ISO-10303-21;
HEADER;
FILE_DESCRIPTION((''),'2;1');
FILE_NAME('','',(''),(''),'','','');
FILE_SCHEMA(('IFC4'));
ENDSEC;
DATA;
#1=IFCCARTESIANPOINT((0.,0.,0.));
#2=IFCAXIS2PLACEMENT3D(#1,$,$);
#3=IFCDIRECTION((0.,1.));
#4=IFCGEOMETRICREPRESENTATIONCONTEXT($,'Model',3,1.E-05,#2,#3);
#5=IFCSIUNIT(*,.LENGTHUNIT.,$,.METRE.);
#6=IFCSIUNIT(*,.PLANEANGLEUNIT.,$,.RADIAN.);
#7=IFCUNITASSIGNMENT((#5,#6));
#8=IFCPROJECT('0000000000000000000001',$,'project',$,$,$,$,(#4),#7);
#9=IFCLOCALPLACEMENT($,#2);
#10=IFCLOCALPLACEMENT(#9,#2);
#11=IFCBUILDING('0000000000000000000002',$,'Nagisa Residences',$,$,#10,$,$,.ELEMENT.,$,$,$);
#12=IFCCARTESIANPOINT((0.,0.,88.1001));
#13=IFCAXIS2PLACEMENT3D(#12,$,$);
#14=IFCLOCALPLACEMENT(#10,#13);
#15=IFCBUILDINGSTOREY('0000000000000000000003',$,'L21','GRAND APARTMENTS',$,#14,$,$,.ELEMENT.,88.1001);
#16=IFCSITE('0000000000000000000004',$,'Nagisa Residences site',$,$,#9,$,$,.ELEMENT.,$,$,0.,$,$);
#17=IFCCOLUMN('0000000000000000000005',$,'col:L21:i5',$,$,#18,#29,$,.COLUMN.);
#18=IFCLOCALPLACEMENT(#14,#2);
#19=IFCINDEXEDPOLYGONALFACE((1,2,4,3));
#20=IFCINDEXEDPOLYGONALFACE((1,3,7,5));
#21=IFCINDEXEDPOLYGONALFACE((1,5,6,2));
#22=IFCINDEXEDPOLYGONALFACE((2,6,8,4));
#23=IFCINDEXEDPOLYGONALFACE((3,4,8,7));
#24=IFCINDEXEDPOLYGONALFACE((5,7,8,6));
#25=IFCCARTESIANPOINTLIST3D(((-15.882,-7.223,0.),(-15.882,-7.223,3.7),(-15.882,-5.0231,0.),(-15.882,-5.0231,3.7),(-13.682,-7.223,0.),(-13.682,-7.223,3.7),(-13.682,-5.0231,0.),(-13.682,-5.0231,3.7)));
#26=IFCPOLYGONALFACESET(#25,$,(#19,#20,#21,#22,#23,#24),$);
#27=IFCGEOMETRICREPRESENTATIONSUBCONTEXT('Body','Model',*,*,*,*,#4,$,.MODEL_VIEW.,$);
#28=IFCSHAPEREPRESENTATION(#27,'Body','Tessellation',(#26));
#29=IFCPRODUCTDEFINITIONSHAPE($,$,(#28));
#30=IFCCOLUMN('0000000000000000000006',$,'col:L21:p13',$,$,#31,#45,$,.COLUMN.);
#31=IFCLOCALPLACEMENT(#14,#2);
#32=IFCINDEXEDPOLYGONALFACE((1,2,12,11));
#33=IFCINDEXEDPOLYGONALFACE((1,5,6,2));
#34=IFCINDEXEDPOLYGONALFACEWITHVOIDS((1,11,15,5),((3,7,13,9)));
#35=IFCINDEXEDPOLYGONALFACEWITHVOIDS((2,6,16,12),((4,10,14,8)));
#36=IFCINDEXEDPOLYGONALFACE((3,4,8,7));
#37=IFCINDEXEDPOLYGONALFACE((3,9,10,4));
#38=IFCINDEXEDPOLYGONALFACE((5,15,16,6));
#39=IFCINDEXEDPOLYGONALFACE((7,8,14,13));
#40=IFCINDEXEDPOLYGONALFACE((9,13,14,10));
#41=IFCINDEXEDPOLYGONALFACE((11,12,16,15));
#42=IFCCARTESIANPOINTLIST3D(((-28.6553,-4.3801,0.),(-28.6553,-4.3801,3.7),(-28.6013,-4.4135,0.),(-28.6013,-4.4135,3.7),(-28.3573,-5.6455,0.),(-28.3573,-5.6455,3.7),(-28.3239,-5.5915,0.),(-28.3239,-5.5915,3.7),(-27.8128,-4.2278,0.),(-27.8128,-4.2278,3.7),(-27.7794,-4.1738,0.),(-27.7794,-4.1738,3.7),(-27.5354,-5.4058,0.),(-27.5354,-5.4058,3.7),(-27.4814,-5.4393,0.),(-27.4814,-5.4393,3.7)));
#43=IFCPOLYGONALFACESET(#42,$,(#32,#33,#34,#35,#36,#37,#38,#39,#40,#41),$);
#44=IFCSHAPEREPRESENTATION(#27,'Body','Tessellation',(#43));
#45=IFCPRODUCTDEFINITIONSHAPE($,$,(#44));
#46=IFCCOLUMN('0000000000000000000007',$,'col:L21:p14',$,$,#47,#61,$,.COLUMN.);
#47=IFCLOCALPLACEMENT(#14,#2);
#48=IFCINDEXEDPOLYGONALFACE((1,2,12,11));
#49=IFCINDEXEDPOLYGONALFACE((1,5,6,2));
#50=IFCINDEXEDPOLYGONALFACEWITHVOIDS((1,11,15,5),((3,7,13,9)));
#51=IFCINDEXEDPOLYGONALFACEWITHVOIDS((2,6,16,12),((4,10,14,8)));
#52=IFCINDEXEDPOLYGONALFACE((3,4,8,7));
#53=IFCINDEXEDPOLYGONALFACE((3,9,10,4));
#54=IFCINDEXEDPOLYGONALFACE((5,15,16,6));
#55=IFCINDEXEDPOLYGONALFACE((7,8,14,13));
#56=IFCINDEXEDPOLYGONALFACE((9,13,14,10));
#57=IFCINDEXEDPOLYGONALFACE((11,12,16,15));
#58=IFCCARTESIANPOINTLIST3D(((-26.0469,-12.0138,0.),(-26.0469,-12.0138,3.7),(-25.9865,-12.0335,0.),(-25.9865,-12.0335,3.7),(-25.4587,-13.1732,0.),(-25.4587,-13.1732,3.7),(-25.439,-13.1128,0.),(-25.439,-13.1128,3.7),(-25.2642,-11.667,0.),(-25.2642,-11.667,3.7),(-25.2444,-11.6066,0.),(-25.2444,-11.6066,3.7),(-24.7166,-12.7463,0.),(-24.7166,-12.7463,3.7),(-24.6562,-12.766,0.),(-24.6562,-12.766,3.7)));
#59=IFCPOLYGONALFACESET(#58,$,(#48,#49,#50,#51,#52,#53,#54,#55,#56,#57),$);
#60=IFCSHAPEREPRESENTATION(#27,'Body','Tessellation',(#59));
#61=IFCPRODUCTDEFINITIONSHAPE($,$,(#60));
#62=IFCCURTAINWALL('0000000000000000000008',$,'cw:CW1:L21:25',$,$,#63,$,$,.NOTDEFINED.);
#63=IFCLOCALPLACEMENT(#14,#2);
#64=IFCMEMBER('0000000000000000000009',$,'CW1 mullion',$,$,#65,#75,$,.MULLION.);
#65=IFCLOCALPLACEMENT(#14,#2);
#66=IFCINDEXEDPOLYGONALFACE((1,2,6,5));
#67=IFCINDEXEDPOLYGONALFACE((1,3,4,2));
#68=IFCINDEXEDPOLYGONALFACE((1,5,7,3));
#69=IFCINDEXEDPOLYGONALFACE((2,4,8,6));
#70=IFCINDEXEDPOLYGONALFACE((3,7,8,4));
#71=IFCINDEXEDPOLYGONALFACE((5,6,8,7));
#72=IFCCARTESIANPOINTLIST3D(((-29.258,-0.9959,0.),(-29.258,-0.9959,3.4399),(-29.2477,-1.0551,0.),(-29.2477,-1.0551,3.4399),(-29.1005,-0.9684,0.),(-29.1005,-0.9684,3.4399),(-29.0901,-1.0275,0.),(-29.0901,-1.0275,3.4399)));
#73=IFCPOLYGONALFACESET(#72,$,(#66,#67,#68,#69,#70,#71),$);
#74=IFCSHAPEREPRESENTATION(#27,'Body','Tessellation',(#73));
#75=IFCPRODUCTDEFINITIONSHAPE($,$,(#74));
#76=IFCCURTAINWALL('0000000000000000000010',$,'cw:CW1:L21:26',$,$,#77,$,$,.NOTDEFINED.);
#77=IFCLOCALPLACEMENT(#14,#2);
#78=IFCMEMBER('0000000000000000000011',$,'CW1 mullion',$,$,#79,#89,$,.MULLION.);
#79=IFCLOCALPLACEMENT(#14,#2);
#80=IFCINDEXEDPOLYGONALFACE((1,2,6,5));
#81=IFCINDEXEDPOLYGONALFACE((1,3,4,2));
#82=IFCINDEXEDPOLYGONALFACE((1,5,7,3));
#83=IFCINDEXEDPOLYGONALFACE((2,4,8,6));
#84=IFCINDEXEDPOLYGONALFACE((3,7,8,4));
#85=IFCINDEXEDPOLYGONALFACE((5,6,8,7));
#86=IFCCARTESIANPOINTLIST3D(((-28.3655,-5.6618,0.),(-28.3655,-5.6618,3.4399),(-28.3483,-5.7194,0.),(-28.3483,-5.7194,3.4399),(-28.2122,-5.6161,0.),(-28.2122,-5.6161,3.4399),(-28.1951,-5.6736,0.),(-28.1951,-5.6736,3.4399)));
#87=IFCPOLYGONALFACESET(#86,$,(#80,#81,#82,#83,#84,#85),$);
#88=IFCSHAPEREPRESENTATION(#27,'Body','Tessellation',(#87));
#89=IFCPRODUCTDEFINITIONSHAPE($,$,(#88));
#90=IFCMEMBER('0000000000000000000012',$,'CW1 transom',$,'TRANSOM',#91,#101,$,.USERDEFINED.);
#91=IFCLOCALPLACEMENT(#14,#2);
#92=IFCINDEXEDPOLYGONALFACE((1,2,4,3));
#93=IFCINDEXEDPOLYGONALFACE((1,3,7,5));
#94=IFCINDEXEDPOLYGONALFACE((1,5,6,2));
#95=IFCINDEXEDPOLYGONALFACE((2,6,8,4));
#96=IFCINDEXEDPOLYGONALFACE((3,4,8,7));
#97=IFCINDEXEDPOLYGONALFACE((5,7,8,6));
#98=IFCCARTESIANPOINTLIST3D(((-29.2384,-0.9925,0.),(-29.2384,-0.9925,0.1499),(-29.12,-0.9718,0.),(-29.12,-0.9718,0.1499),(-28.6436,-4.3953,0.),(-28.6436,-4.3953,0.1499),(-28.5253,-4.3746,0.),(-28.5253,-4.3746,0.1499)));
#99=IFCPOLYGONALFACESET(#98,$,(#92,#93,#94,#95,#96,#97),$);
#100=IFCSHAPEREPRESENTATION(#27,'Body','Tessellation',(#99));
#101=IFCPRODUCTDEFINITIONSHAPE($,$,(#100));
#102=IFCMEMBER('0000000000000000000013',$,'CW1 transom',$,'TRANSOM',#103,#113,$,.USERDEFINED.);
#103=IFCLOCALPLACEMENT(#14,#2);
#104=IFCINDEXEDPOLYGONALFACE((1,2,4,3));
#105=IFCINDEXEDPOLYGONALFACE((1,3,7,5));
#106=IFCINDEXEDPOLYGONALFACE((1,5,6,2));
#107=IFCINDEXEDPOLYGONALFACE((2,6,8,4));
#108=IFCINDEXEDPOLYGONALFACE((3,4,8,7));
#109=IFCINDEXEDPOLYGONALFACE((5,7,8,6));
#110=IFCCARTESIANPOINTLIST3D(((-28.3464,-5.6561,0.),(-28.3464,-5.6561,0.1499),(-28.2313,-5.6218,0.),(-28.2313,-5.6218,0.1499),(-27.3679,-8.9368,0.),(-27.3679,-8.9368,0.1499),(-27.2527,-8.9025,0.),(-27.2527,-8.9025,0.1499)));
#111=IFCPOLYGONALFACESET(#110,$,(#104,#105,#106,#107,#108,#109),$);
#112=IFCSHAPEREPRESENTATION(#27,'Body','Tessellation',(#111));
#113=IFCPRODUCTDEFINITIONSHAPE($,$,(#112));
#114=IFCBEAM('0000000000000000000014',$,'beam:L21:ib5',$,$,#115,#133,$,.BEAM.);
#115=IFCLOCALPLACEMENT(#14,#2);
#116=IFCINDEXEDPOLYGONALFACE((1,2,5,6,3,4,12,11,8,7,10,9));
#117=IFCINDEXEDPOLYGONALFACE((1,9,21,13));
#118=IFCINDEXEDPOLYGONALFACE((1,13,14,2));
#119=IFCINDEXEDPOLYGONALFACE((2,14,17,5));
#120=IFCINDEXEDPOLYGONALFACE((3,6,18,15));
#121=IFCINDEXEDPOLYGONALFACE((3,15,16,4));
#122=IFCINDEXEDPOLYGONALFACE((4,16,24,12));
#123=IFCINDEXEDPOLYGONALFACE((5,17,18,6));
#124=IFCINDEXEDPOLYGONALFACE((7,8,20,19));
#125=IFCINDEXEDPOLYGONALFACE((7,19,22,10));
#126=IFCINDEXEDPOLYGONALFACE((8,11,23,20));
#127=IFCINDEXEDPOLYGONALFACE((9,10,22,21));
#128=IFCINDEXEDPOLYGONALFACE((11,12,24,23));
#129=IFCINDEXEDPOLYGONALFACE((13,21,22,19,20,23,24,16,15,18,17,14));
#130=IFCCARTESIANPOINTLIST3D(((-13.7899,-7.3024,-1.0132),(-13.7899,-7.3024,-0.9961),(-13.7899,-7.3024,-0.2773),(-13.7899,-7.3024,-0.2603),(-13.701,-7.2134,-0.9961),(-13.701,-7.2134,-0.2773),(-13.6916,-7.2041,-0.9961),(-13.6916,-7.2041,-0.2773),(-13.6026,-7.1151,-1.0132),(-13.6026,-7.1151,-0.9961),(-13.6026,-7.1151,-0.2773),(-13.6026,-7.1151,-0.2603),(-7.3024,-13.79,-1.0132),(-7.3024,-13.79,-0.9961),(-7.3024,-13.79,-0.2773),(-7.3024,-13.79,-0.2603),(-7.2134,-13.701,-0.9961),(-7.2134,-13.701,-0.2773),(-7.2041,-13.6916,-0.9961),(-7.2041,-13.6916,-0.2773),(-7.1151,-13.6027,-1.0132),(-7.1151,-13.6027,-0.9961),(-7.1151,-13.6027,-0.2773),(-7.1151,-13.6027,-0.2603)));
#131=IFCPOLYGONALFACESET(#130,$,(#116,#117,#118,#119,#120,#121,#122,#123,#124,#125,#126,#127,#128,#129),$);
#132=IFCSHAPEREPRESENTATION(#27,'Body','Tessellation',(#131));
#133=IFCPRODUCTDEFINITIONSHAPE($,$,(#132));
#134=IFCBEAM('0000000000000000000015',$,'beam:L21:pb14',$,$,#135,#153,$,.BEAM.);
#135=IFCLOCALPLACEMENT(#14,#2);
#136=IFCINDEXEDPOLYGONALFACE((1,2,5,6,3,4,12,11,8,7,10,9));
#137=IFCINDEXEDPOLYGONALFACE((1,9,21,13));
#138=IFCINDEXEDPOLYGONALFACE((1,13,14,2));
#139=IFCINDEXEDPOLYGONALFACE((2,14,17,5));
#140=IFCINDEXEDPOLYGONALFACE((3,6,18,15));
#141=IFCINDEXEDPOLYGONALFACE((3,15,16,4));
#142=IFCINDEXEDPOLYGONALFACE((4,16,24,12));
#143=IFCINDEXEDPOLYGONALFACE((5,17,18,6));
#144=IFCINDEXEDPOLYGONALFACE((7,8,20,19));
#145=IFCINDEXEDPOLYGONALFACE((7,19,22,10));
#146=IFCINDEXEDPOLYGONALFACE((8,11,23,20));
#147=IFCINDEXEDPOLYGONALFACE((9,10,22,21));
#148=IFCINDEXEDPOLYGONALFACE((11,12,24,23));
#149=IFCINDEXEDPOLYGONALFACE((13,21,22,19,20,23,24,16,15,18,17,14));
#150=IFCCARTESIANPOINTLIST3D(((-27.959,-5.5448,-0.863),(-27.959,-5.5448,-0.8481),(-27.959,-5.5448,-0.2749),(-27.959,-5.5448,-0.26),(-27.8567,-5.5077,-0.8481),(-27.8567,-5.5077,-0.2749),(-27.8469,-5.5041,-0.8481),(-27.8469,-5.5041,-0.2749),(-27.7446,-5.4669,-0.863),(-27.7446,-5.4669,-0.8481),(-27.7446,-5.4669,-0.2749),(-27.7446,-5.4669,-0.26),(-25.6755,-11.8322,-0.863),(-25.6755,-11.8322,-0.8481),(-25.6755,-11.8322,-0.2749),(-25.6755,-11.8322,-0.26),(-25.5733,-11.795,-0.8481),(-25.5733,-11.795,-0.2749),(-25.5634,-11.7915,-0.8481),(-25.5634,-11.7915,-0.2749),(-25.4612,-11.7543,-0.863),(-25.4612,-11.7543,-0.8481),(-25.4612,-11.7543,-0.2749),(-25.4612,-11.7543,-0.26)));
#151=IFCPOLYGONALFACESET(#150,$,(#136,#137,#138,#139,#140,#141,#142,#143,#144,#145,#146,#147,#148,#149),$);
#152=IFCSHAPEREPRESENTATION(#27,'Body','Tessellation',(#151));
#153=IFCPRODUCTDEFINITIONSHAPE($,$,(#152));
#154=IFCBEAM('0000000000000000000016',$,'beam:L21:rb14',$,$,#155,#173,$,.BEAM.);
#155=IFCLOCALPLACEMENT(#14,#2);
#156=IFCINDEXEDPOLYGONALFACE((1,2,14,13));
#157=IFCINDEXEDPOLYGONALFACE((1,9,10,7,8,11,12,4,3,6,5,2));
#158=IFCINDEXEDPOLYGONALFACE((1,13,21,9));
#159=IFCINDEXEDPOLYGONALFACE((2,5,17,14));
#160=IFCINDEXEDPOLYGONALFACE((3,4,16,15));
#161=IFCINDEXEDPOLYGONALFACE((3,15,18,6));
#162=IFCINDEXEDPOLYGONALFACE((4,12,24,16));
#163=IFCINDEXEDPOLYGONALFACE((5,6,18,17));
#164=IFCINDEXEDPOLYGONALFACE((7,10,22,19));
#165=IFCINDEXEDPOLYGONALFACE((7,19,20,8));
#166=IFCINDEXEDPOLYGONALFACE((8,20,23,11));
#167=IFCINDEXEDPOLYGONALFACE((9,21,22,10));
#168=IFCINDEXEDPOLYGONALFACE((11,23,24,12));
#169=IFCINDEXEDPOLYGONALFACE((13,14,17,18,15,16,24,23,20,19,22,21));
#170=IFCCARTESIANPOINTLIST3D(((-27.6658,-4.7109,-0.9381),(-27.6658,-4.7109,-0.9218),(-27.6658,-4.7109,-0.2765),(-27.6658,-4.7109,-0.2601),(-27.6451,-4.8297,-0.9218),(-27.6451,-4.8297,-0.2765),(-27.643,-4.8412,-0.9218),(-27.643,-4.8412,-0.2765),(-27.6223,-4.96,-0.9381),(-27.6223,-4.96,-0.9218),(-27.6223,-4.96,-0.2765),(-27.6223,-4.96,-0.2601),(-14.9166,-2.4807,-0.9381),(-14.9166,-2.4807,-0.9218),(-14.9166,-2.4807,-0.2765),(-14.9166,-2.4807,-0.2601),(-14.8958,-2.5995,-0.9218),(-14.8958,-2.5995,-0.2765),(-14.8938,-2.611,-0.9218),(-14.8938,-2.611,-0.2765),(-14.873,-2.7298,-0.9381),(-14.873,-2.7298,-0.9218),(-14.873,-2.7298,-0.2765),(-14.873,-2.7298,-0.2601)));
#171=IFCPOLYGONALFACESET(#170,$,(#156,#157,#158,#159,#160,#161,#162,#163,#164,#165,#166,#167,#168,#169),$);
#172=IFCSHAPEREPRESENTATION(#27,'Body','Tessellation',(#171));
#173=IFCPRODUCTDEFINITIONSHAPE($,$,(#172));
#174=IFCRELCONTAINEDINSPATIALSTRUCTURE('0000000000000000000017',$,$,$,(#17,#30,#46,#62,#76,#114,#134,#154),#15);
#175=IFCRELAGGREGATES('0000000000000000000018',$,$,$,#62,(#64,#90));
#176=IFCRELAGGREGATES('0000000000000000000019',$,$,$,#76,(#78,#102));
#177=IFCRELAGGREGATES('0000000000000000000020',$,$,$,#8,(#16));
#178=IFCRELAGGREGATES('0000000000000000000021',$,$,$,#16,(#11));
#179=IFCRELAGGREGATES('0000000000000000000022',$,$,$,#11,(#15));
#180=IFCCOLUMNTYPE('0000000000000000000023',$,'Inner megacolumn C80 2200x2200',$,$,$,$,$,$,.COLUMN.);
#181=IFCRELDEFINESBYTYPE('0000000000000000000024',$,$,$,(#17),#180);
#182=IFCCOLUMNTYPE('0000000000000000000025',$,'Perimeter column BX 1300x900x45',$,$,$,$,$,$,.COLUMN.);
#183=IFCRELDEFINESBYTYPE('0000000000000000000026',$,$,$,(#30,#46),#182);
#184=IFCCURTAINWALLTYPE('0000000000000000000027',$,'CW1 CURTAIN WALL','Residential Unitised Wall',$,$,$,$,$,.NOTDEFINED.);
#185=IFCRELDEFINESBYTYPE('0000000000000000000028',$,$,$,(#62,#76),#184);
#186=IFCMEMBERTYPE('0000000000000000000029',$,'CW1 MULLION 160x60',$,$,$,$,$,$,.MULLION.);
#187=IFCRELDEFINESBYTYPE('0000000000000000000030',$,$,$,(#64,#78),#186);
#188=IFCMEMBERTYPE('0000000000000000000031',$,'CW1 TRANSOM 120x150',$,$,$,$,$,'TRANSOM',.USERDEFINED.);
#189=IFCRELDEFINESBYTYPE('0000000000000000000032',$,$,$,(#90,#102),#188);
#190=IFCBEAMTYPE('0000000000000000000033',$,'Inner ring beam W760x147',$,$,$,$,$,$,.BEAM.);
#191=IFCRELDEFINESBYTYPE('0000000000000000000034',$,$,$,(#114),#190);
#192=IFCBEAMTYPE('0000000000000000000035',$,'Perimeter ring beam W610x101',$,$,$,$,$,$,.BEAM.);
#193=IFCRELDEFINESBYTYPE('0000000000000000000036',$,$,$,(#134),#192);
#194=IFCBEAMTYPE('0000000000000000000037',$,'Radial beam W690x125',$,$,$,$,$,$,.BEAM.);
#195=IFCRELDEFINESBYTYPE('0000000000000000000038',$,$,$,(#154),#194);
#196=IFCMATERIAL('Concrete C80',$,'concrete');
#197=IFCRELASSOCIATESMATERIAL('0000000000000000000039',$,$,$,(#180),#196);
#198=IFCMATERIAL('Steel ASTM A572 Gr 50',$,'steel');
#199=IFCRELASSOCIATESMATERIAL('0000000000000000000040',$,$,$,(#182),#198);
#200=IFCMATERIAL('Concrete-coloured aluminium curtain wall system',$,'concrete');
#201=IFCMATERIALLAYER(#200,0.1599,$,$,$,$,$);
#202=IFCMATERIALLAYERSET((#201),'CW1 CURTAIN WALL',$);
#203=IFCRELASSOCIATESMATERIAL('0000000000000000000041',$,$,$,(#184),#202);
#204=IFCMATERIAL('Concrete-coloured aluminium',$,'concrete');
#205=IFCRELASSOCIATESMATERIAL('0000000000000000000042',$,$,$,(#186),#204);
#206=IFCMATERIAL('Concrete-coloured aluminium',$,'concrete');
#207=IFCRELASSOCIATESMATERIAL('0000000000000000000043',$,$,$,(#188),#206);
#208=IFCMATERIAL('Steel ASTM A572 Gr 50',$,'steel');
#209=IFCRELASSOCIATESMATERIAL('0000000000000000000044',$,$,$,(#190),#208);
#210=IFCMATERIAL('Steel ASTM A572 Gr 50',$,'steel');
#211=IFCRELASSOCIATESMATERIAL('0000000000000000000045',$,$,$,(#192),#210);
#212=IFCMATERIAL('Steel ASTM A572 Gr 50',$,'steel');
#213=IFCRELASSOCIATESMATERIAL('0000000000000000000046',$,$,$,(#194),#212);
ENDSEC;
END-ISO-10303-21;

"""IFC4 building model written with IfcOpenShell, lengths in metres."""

from ifc_helpers import new_model, si_unit, direction, frame, origin, origin_2d, place, context, subcontext, project, spatial, rectangle, hollow_rectangle, i_section, extrude, material, layer, layer_set, material_profile, profile_set, type_object, element, aggregate, save


model = new_model("IFC4")

# Units and contexts
model_context = context("Model", 3, precision=1e-05, world=origin(), true_north=direction((0.0, 1.0)))
body_context = subcontext(model_context, "Body", "Model", "MODEL_VIEW")
ifc_project = project(units=[si_unit("LENGTHUNIT", "METRE"), si_unit("PLANEANGLEUNIT", "RADIAN")], contexts=[model_context])

# Site, building, storey
site_placement = place(None, origin())
site = spatial("IfcSite", under=ifc_project, at=site_placement, Name="Nagisa Residences site", CompositionType="ELEMENT", RefElevation=0.0)
building_placement = place(site_placement, origin())
building = spatial("IfcBuilding", under=site, at=building_placement, Name="Nagisa Residences", CompositionType="ELEMENT")
storey_placement = place(building_placement, frame((0.0, 0.0, 88.1001)))
storey = spatial("IfcBuildingStorey", under=building, at=storey_placement, Name="L21", Description="GRAND APARTMENTS", CompositionType="ELEMENT", Elevation=88.1001)

# Columns
ifc_material_1 = material(Name="Concrete C80", Category="concrete")
ifc_material_profile_1 = material_profile(ifc_material_1, rectangle(XDim=2.2, YDim=2.2, at=origin_2d()), Name="C80 2200x2200")
ifc_profile_set_1 = profile_set([ifc_material_profile_1], Name="Concrete C80")
column_type_1 = type_object("IfcColumnType", Name="Inner megacolumn C80 2200x2200", PredefinedType="COLUMN", material=ifc_profile_set_1)
column_placement = place(storey_placement, frame((-14.782, -6.123, 0.0), z_axis=(0.0, 0.0, 1.0), x_axis=(1.0, 0.0, 0.0)))
element("IfcColumn", 1, at=column_placement, inside=storey, type_object=column_type_1, Name="col:L21:i5", PredefinedType="COLUMN", context=body_context, shape_type="SweptSolid", body=[
    extrude(rectangle(XDim=2.2, YDim=2.2, at=origin_2d()), origin(), (0.0, 0.0, 1.0), 3.7),
])
ifc_material_2 = material(Name="Steel ASTM A572 Gr 50", Category="steel")
ifc_material_profile_2 = material_profile(ifc_material_2, hollow_rectangle(XDim=1.3, YDim=0.8999, WallThickness=0.0449, at=origin_2d()), Name="BX 1300x900x45")
ifc_profile_set_2 = profile_set([ifc_material_profile_2], Name="Steel ASTM A572 Gr 50")
column_type_2 = type_object("IfcColumnType", Name="Perimeter column BX 1300x900x45", PredefinedType="COLUMN", material=ifc_profile_set_2)
for number, where, z_axis, x_axis, name in (
    (2, (-28.0684, -4.9097, 0.0), (0.0, 0.0, 1.0), (0.229202, -0.973379, 0.0), "col:L21:p13"),
    (3, (-25.3516, -12.3899, 0.0), (0.0, 0.0, 1.0), (0.452463, -0.891783, 0.0), "col:L21:p14"),
):
    element("IfcColumn", number, at=place(storey_placement, frame(where, z_axis=z_axis, x_axis=x_axis)), inside=storey, type_object=column_type_2, Name=name, PredefinedType="COLUMN", context=body_context, shape_type="SweptSolid", body=[
        extrude(hollow_rectangle(XDim=1.3, YDim=0.8999, WallThickness=0.0449, at=origin_2d()), origin(), (0.0, 0.0, 1.0), 3.7),
    ])

# Curtain walls, members
ifc_material_3 = material(Name="Concrete-coloured aluminium curtain wall system", Category="concrete")
ifc_layer_1 = layer(ifc_material_3, 0.1599)
ifc_layer_set_1 = layer_set([ifc_layer_1], Name="CW1 CURTAIN WALL")
curtain_wall_type = type_object("IfcCurtainWallType", Name="CW1 CURTAIN WALL", Description="Residential Unitised Wall", PredefinedType="NOTDEFINED", material=ifc_layer_set_1)
curtain_wall_1_placement = place(storey_placement, origin())
curtain_wall_1 = element("IfcCurtainWall", 4, at=curtain_wall_1_placement, inside=storey, type_object=curtain_wall_type, Name="cw:CW1:L21:25", PredefinedType="NOTDEFINED")
ifc_material_4 = material(Name="Concrete-coloured aluminium", Category="concrete")
ifc_material_profile_3 = material_profile(ifc_material_4, rectangle(XDim=0.1599, YDim=0.0601, at=origin_2d()), Name="CW1 MULLION 160x60")
ifc_profile_set_3 = profile_set([ifc_material_profile_3], Name="Concrete-coloured aluminium")
member_type_1 = type_object("IfcMemberType", Name="CW1 MULLION 160x60", PredefinedType="MULLION", material=ifc_profile_set_3)
member_1_placement = place(storey_placement, frame((-29.1741, -1.0117, 0.0), z_axis=(0.0, 0.0, 1.0), x_axis=(0.985064, 0.172191, 0.0)))
member_1 = element("IfcMember", 5, at=member_1_placement, type_object=member_type_1, Name="CW1 mullion", PredefinedType="MULLION", context=body_context, shape_type="SweptSolid", body=[
    extrude(rectangle(XDim=0.1599, YDim=0.0601, at=origin_2d()), origin(), (0.0, 0.0, 1.0), 3.4399),
])
curtain_wall_2_placement = place(storey_placement, origin())
curtain_wall_2 = element("IfcCurtainWall", 6, at=curtain_wall_2_placement, inside=storey, type_object=curtain_wall_type, Name="cw:CW1:L21:26", PredefinedType="NOTDEFINED")
member_2_placement = place(storey_placement, frame((-28.2803, -5.6677, 0.0), z_axis=(0.0, 0.0, 1.0), x_axis=(0.958271, 0.28586, 0.0)))
member_2 = element("IfcMember", 7, at=member_2_placement, type_object=member_type_1, Name="CW1 mullion", PredefinedType="MULLION", context=body_context, shape_type="SweptSolid", body=[
    extrude(rectangle(XDim=0.1599, YDim=0.0601, at=origin_2d()), origin(), (0.0, 0.0, 1.0), 3.4399),
])

# Members
ifc_material_5 = material(Name="Concrete-coloured aluminium", Category="concrete")
ifc_material_profile_4 = material_profile(ifc_material_5, rectangle(XDim=0.1201, YDim=0.1499, at=origin_2d()), Name="CW1 TRANSOM 120x150")
ifc_profile_set_4 = profile_set([ifc_material_profile_4], Name="Concrete-coloured aluminium")
member_type_2 = type_object("IfcMemberType", Name="CW1 TRANSOM 120x150", ElementType="TRANSOM", PredefinedType="USERDEFINED", material=ifc_profile_set_4)
member_3_placement = place(storey_placement, frame((-29.1792, -0.9822, 0.075), z_axis=(0.172164, -0.985068, 0.0), x_axis=(0.985068, 0.172164, 0.0)))
member_3 = element("IfcMember", 8, at=member_3_placement, type_object=member_type_2, Name="CW1 transom", ObjectType="TRANSOM", PredefinedType="USERDEFINED", context=body_context, shape_type="SweptSolid", body=[
    extrude(rectangle(XDim=0.1201, YDim=0.1499, at=origin_2d()), origin(), (0.0, 0.0, 1.0), 3.4543),
])
member_4_placement = place(storey_placement, frame((-28.2888, -5.6389, 0.075), z_axis=(0.285817, -0.958284, 0.0), x_axis=(0.958284, 0.285817, 0.0)))
member_4 = element("IfcMember", 9, at=member_4_placement, type_object=member_type_2, Name="CW1 transom", ObjectType="TRANSOM", PredefinedType="USERDEFINED", context=body_context, shape_type="SweptSolid", body=[
    extrude(rectangle(XDim=0.1201, YDim=0.1499, at=origin_2d()), origin(), (0.0, 0.0, 1.0), 3.4236),
])

# Beams
ifc_material_6 = material(Name="Steel ASTM A572 Gr 50", Category="steel")
ifc_material_profile_5 = material_profile(ifc_material_6, i_section(OverallWidth=0.2649, OverallDepth=0.7529, WebThickness=0.0132, FlangeThickness=0.0171, at=origin_2d()), Name="W760x147")
ifc_profile_set_5 = profile_set([ifc_material_profile_5], Name="Steel ASTM A572 Gr 50")
beam_type_1 = type_object("IfcBeamType", Name="Inner ring beam W760x147", PredefinedType="BEAM", material=ifc_profile_set_5)
beam_1_placement = place(storey_placement, frame((-13.6963, -7.2087, -0.6367), z_axis=(0.707107, -0.707107, 0.0), x_axis=(0.707107, 0.707107, 0.0)))
element("IfcBeam", 10, at=beam_1_placement, inside=storey, type_object=beam_type_1, Name="beam:L21:ib5", PredefinedType="BEAM", context=body_context, shape_type="SweptSolid", body=[
    extrude(i_section(OverallWidth=0.2649, OverallDepth=0.7529, WebThickness=0.0132, FlangeThickness=0.0171, at=origin_2d()), origin(), (0.0, 0.0, 1.0), 9.1748),
])
ifc_material_7 = material(Name="Steel ASTM A572 Gr 50", Category="steel")
ifc_material_profile_6 = material_profile(ifc_material_7, i_section(OverallWidth=0.228, OverallDepth=0.603, WebThickness=0.0105, FlangeThickness=0.0149, at=origin_2d()), Name="W610x101")
ifc_profile_set_6 = profile_set([ifc_material_profile_6], Name="Steel ASTM A572 Gr 50")
beam_type_2 = type_object("IfcBeamType", Name="Perimeter ring beam W610x101", PredefinedType="BEAM", material=ifc_profile_set_6)
beam_2_placement = place(storey_placement, frame((-27.8518, -5.5059, -0.5615), z_axis=(0.341365, -0.939931, 0.0), x_axis=(0.939931, 0.341365, 0.0)))
element("IfcBeam", 11, at=beam_2_placement, inside=storey, type_object=beam_type_2, Name="beam:L21:pb14", PredefinedType="BEAM", context=body_context, shape_type="SweptSolid", body=[
    extrude(i_section(OverallWidth=0.228, OverallDepth=0.603, WebThickness=0.0105, FlangeThickness=0.0149, at=origin_2d()), origin(), (0.0, 0.0, 1.0), 6.6892),
])
ifc_material_8 = material(Name="Steel ASTM A572 Gr 50", Category="steel")
ifc_material_profile_7 = material_profile(ifc_material_8, i_section(OverallWidth=0.2529, OverallDepth=0.678, WebThickness=0.0117, FlangeThickness=0.0164, at=origin_2d()), Name="W690x125")
ifc_profile_set_7 = profile_set([ifc_material_profile_7], Name="Steel ASTM A572 Gr 50")
beam_type_3 = type_object("IfcBeamType", Name="Radial beam W690x125", PredefinedType="BEAM", material=ifc_profile_set_7)
beam_3_placement = place(storey_placement, frame((-27.644, -4.8354, -0.5991), z_axis=(0.985042, 0.172313, 0.0), x_axis=(-0.172313, 0.985042, 0.0)))
element("IfcBeam", 12, at=beam_3_placement, inside=storey, type_object=beam_type_3, Name="beam:L21:rb14", PredefinedType="BEAM", context=body_context, shape_type="SweptSolid", body=[
    extrude(i_section(OverallWidth=0.2529, OverallDepth=0.678, WebThickness=0.0117, FlangeThickness=0.0164, at=origin_2d()), origin(), (0.0, 0.0, 1.0), 12.9429),
])

aggregate(curtain_wall_1, [member_1, member_3])
aggregate(curtain_wall_2, [member_2, member_4])

save(model, "model.ifc")
